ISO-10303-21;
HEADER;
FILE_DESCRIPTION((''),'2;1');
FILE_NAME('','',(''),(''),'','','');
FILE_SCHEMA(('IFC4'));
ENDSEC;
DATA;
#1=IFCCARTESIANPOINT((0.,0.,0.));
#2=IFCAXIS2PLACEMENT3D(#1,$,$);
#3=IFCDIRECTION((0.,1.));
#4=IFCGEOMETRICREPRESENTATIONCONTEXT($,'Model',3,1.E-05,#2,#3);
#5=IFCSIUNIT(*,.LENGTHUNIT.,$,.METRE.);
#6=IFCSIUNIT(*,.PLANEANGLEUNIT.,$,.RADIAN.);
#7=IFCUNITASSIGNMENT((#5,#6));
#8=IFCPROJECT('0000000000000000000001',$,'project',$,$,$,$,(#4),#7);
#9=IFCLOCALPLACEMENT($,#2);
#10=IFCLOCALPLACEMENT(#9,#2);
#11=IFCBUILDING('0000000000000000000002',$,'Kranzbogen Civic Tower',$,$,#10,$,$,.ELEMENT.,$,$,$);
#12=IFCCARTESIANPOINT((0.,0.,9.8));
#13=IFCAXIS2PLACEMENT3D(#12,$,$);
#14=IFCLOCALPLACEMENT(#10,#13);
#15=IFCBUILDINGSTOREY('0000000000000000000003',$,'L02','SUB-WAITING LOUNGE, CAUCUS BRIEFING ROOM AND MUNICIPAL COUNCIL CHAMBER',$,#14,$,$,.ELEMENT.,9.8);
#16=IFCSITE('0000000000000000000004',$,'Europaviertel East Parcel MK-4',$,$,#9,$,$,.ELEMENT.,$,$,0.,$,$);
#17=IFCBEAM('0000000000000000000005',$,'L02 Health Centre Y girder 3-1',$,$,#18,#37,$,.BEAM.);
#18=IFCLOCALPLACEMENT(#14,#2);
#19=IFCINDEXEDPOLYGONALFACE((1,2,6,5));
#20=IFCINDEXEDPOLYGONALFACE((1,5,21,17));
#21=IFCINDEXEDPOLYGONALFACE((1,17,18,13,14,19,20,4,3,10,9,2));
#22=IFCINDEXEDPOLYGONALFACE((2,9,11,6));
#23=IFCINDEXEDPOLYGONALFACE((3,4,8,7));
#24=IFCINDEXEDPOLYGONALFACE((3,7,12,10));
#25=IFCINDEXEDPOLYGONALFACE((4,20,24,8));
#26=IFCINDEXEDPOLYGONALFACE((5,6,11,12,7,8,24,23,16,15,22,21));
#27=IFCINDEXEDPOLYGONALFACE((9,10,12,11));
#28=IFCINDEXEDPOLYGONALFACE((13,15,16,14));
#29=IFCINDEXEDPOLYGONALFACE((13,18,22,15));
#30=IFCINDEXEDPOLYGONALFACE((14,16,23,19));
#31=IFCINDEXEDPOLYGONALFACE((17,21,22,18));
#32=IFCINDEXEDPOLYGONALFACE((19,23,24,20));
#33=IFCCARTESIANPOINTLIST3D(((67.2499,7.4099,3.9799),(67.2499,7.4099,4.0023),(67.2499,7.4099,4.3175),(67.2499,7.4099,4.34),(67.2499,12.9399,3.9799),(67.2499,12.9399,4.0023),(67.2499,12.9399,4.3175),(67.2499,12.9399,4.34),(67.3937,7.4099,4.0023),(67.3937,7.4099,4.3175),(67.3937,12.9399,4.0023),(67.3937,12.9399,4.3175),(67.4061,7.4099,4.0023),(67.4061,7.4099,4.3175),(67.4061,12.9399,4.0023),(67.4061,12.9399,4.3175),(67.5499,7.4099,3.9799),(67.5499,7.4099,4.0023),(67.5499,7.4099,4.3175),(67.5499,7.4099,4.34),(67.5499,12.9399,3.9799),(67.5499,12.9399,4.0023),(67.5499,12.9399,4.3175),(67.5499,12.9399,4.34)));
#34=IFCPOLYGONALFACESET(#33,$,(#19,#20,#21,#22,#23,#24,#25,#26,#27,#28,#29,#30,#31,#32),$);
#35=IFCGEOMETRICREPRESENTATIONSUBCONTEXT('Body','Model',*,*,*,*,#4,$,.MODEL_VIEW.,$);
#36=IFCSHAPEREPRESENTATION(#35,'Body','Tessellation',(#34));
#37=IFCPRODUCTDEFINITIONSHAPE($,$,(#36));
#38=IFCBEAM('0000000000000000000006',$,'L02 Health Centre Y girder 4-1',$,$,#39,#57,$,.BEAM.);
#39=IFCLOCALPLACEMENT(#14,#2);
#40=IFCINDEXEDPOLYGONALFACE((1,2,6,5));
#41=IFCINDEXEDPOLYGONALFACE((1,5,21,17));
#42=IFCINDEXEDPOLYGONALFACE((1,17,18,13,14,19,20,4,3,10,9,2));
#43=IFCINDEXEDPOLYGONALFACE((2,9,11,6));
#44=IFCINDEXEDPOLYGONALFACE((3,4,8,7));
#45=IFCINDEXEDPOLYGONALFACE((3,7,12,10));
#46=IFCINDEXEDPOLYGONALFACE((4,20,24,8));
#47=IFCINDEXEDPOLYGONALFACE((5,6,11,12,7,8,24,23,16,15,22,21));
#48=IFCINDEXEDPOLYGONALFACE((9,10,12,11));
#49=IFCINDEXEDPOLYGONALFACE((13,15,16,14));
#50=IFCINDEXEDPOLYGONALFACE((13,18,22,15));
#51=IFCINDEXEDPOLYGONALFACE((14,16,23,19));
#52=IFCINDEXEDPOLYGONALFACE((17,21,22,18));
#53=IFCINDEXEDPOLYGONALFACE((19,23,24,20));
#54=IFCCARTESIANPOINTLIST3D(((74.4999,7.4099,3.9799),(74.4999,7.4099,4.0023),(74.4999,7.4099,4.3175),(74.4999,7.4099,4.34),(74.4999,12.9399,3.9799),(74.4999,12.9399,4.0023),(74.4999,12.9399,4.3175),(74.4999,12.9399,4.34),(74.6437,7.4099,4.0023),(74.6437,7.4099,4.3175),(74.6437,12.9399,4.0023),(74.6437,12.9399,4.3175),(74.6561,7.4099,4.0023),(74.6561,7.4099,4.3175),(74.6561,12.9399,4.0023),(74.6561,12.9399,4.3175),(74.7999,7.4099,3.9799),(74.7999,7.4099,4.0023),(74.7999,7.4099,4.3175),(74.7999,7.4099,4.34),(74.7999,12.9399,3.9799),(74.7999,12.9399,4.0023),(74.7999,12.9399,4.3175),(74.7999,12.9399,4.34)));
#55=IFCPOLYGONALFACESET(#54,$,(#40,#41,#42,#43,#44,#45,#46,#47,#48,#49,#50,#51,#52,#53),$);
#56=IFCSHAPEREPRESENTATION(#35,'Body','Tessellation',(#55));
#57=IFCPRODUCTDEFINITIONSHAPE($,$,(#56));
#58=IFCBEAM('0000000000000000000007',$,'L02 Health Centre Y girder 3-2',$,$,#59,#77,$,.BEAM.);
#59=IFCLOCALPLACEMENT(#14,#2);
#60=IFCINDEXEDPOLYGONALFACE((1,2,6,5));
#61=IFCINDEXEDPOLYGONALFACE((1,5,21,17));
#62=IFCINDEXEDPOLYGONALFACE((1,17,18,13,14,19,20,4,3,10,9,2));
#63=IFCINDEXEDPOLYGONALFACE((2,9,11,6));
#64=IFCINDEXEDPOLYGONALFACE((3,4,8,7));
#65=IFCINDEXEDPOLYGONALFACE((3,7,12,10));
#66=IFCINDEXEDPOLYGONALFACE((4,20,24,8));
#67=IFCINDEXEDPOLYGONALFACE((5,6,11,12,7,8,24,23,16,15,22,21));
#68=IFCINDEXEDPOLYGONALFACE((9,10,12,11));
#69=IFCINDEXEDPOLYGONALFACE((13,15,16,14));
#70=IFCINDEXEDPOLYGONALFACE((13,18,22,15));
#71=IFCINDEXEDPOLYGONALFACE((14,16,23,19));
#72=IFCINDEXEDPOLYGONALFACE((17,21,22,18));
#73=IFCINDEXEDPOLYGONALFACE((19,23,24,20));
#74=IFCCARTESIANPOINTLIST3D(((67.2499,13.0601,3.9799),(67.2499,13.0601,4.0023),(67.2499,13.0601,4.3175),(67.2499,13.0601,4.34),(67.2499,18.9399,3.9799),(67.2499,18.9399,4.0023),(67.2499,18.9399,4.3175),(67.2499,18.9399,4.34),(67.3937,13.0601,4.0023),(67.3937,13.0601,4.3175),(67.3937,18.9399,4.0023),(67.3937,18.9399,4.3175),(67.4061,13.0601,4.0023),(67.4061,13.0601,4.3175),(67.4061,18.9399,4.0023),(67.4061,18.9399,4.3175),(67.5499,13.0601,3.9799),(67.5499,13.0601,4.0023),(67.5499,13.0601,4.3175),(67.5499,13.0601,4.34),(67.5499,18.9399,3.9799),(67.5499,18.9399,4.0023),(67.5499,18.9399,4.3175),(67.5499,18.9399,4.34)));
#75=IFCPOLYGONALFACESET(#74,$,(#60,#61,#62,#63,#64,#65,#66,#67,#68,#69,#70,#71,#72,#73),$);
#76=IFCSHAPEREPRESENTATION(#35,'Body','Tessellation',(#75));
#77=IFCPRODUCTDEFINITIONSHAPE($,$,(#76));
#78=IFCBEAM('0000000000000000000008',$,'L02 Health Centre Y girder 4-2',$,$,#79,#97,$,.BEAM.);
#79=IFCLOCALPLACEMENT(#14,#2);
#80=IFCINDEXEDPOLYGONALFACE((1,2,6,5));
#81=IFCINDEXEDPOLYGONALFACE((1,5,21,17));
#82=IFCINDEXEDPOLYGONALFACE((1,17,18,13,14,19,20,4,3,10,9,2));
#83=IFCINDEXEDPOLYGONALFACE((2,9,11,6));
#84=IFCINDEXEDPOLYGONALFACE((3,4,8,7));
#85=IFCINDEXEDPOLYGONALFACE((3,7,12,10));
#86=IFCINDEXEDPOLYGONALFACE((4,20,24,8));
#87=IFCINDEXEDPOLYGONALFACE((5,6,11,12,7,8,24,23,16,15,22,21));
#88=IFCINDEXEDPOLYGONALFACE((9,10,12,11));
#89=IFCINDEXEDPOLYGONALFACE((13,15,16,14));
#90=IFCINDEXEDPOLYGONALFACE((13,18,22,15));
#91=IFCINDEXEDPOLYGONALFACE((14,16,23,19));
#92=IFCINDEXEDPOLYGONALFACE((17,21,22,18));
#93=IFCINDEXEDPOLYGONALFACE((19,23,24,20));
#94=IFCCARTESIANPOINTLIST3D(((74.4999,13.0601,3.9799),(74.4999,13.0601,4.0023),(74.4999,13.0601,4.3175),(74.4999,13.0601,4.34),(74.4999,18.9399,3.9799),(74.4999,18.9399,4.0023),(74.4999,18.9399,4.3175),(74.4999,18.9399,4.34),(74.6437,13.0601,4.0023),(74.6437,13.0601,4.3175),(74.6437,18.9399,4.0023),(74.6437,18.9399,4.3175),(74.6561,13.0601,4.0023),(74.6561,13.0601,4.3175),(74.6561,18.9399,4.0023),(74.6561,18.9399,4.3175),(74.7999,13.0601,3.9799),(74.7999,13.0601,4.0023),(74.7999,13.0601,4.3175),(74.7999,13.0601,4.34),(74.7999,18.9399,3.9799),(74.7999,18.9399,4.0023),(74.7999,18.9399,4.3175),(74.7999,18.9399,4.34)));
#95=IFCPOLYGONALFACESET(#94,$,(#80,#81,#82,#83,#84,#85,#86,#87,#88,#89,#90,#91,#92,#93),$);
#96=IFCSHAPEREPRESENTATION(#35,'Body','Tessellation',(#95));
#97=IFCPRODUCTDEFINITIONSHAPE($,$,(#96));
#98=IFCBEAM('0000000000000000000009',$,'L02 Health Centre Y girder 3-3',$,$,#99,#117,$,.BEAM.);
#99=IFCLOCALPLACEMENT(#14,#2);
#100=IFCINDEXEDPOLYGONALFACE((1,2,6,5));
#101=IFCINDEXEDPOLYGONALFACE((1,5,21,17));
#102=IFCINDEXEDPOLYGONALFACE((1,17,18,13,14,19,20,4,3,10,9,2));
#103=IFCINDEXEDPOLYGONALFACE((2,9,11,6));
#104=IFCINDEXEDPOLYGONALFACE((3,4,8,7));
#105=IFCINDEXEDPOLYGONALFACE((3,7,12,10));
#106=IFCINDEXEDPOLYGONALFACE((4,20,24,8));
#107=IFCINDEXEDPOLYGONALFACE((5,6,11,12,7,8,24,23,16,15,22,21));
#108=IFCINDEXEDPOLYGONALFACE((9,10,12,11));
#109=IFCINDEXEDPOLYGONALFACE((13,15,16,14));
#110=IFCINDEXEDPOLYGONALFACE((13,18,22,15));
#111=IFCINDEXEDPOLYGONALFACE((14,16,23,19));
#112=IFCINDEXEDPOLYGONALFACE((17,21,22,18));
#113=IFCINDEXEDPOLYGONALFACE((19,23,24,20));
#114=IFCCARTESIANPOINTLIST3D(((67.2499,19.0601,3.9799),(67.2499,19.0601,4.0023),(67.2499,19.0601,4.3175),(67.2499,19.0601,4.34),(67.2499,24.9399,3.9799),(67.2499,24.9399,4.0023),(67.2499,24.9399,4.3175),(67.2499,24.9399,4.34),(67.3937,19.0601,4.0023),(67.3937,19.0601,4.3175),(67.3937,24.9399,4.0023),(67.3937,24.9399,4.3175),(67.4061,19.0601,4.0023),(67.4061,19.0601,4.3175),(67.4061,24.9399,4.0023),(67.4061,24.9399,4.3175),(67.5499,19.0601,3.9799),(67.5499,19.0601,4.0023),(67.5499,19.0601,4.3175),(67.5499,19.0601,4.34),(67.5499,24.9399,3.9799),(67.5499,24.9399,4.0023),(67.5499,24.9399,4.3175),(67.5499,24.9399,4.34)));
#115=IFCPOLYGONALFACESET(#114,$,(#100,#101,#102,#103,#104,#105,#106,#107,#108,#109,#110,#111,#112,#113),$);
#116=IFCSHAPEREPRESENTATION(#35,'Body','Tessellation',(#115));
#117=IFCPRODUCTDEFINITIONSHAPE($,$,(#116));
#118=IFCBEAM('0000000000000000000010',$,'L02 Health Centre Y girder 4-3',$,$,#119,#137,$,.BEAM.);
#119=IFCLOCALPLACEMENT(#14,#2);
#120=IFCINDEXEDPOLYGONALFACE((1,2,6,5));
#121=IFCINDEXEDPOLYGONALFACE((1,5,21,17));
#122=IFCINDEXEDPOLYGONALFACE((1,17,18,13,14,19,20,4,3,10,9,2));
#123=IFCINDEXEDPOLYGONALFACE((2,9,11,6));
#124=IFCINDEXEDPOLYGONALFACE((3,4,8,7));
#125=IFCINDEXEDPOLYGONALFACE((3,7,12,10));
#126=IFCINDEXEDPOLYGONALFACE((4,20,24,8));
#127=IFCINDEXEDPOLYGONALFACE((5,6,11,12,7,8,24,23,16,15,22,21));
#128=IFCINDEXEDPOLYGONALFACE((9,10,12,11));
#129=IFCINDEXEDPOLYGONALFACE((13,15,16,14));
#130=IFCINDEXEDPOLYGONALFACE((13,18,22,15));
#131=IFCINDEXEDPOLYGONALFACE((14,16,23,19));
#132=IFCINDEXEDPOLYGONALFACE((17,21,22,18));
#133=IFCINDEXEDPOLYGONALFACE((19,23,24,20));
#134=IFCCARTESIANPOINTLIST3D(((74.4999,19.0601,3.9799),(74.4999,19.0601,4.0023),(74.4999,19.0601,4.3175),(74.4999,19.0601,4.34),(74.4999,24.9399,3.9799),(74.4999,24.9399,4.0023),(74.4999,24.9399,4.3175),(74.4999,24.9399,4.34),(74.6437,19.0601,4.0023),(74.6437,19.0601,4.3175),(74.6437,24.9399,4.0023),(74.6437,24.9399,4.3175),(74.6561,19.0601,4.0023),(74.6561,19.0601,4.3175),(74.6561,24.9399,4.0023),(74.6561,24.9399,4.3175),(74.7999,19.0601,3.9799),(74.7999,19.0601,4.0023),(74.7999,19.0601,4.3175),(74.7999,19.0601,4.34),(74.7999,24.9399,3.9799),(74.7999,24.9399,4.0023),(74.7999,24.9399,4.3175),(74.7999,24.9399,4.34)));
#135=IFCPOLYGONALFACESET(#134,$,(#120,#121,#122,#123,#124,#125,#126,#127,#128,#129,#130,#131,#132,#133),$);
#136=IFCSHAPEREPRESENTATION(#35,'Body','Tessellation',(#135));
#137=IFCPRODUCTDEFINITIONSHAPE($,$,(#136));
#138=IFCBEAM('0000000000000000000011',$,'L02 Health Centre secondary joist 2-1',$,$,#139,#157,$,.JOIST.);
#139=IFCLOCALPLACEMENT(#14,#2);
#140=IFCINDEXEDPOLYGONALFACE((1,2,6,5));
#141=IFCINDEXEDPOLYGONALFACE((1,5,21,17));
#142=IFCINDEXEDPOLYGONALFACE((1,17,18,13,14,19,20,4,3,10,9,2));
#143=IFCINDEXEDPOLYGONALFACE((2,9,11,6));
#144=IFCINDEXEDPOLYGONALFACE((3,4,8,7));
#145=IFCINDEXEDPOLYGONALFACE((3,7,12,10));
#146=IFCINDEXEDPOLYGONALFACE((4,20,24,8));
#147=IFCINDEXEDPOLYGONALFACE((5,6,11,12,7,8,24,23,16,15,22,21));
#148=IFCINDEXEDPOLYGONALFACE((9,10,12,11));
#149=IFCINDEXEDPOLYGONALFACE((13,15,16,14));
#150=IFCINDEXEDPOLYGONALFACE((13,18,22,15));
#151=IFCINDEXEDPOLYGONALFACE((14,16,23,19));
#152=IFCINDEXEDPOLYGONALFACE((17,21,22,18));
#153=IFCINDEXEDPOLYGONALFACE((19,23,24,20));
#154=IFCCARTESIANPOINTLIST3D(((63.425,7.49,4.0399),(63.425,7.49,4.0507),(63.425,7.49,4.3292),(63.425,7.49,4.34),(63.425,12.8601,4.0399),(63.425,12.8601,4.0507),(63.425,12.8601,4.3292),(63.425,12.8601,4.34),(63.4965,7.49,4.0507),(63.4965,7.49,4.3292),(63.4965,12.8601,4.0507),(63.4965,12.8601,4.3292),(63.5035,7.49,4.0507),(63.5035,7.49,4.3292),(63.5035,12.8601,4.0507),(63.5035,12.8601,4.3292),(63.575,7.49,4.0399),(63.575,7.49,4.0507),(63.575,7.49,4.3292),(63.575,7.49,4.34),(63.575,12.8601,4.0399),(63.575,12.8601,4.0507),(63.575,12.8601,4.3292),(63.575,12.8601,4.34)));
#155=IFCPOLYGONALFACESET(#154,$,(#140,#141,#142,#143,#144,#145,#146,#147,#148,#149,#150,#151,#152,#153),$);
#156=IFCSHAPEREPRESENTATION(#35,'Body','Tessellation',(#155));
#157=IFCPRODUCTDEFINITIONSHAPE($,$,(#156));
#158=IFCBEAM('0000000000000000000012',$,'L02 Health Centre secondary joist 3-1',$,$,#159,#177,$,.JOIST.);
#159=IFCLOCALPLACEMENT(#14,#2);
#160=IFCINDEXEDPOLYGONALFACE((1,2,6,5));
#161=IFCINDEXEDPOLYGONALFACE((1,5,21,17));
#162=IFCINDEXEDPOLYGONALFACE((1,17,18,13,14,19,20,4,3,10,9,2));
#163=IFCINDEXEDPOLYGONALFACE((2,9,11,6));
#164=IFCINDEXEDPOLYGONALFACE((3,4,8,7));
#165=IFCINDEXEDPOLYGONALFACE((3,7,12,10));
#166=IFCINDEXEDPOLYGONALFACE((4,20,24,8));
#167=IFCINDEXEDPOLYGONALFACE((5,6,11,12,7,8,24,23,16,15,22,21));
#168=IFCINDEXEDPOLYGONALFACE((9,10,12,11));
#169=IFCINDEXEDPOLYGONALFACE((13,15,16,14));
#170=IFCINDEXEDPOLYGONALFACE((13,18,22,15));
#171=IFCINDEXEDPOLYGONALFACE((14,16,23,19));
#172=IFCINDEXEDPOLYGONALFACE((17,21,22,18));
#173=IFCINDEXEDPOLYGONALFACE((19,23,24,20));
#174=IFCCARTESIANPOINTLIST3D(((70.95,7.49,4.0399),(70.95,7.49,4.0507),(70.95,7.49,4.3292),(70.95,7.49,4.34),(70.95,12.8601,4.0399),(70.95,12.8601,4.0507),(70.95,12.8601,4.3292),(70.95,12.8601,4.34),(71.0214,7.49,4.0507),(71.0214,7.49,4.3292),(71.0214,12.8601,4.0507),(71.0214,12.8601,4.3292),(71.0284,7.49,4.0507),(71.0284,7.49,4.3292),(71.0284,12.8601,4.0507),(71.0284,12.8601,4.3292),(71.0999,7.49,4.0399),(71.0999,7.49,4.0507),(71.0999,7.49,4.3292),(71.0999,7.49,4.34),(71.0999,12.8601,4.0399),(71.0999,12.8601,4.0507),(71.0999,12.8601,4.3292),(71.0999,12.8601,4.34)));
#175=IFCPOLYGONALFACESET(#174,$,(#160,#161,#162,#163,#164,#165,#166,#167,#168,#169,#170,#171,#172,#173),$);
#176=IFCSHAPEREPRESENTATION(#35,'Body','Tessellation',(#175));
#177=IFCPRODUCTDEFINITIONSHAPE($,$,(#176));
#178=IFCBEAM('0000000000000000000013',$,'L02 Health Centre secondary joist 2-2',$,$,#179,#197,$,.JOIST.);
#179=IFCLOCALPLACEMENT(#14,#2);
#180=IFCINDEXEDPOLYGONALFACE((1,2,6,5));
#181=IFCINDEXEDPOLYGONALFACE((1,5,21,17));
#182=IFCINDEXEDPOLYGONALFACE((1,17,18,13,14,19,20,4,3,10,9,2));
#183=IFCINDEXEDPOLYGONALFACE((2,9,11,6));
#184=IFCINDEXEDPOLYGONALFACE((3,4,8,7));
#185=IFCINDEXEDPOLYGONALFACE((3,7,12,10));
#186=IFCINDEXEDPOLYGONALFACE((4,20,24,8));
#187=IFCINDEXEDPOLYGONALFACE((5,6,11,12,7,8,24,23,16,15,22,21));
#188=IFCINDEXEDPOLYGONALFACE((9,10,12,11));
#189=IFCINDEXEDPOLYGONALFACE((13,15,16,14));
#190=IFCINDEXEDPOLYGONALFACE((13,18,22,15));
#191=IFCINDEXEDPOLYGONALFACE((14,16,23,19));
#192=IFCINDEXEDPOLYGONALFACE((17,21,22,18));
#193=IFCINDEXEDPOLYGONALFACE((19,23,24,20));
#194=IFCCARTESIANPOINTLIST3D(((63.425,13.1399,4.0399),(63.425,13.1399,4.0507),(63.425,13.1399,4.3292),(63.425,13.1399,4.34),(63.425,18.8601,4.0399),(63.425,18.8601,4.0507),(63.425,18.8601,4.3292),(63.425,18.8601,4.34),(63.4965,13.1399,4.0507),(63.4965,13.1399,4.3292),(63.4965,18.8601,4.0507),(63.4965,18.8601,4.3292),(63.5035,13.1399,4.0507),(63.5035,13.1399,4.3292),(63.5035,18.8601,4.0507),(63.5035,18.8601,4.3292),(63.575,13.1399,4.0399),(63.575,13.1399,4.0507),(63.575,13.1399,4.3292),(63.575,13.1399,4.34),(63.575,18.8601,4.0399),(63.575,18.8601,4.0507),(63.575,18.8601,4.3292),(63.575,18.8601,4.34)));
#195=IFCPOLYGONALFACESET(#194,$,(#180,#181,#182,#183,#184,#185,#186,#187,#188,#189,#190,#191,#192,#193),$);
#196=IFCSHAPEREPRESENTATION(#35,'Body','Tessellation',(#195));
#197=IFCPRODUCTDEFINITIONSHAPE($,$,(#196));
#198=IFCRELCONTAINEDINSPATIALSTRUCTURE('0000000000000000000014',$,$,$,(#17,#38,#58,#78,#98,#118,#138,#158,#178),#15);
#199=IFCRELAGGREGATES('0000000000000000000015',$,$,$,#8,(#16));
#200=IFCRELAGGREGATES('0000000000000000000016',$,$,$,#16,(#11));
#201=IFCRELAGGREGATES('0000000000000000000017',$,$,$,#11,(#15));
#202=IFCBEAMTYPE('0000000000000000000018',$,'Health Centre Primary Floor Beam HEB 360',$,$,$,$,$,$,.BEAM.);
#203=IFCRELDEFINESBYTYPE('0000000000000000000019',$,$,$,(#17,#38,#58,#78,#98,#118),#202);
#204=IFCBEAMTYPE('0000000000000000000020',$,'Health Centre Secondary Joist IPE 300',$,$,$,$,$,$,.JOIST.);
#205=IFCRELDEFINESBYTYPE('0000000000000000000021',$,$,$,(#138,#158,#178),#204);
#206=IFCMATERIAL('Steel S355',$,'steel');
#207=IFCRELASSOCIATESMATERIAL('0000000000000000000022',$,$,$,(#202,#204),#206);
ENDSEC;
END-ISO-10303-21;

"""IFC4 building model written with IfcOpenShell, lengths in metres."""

from ifc_helpers import new_model, si_unit, direction, frame, origin, origin_2d, place, context, subcontext, project, spatial, i_section, extrude, material, material_profile, profile_set, type_object, element, save


model = new_model("IFC4")

# Units and contexts
model_context = context("Model", 3, precision=1e-05, world=origin(), true_north=direction((0.0, 1.0)))
body_context = subcontext(model_context, "Body", "Model", "MODEL_VIEW")
ifc_project = project(units=[si_unit("LENGTHUNIT", "METRE"), si_unit("PLANEANGLEUNIT", "RADIAN")], contexts=[model_context])

# Site, building, storey
site_placement = place(None, origin())
site = spatial("IfcSite", under=ifc_project, at=site_placement, Name="Europaviertel East Parcel MK-4", CompositionType="ELEMENT", RefElevation=0.0)
building_placement = place(site_placement, origin())
building = spatial("IfcBuilding", under=site, at=building_placement, Name="Kranzbogen Civic Tower", CompositionType="ELEMENT")
storey_placement = place(building_placement, frame((0.0, 0.0, 9.8)))
storey = spatial("IfcBuildingStorey", under=building, at=storey_placement, Name="L02", Description="SUB-WAITING LOUNGE, CAUCUS BRIEFING ROOM AND MUNICIPAL COUNCIL CHAMBER", CompositionType="ELEMENT", Elevation=9.8)

# Shared definitions
ifc_material_1 = material(Name="Steel S355", Category="steel")

# Beams
ifc_material_profile_1 = material_profile(ifc_material_1, i_section(OverallWidth=0.3, OverallDepth=0.3601, WebThickness=0.0125, FlangeThickness=0.0225, at=origin_2d()), Name="HEB 360")
ifc_profile_set_1 = profile_set([ifc_material_profile_1], Name="Steel S355")
beam_type_1 = type_object("IfcBeamType", Name="Health Centre Primary Floor Beam HEB 360", PredefinedType="BEAM", material=ifc_profile_set_1)
for number, where, z_axis, x_axis, name in (
    (1, (67.3999, 7.4099, 4.1599), (0.0, 1.0, 0.0), (-1.0, 0.0, 0.0), "L02 Health Centre Y girder 3-1"),
    (2, (74.6499, 7.4099, 4.1599), (0.0, 1.0, 0.0), (-1.0, 0.0, 0.0), "L02 Health Centre Y girder 4-1"),
):
    element("IfcBeam", number, at=place(storey_placement, frame(where, z_axis=z_axis, x_axis=x_axis)), inside=storey, type_object=beam_type_1, Name=name, PredefinedType="BEAM", context=body_context, shape_type="SweptSolid", body=[
        extrude(i_section(OverallWidth=0.3, OverallDepth=0.3601, WebThickness=0.0125, FlangeThickness=0.0225, at=origin_2d()), origin(), (0.0, 0.0, 1.0), 5.53),
    ])
for number, where, z_axis, x_axis, name in (
    (3, (67.3999, 13.0601, 4.1599), (0.0, 1.0, 0.0), (-1.0, 0.0, 0.0), "L02 Health Centre Y girder 3-2"),
    (4, (74.6499, 13.0601, 4.1599), (0.0, 1.0, 0.0), (-1.0, 0.0, 0.0), "L02 Health Centre Y girder 4-2"),
    (5, (67.3999, 19.0601, 4.1599), (0.0, 1.0, 0.0), (-1.0, 0.0, 0.0), "L02 Health Centre Y girder 3-3"),
    (6, (74.6499, 19.0601, 4.1599), (0.0, 1.0, 0.0), (-1.0, 0.0, 0.0), "L02 Health Centre Y girder 4-3"),
):
    element("IfcBeam", number, at=place(storey_placement, frame(where, z_axis=z_axis, x_axis=x_axis)), inside=storey, type_object=beam_type_1, Name=name, PredefinedType="BEAM", context=body_context, shape_type="SweptSolid", body=[
        extrude(i_section(OverallWidth=0.3, OverallDepth=0.3601, WebThickness=0.0125, FlangeThickness=0.0225, at=origin_2d()), origin(), (0.0, 0.0, 1.0), 5.8799),
    ])
ifc_material_profile_2 = material_profile(ifc_material_1, i_section(OverallWidth=0.1499, OverallDepth=0.3, WebThickness=0.0071, FlangeThickness=0.0107, at=origin_2d()), Name="IPE 300")
ifc_profile_set_2 = profile_set([ifc_material_profile_2], Name="Steel S355")
beam_type_2 = type_object("IfcBeamType", Name="Health Centre Secondary Joist IPE 300", PredefinedType="JOIST", material=ifc_profile_set_2)
for number, where, z_axis, x_axis, name in (
    (7, (63.5, 7.49, 4.1899), (0.0, 1.0, 0.0), (-1.0, 0.0, 0.0), "L02 Health Centre secondary joist 2-1"),
    (8, (71.0249, 7.49, 4.1899), (0.0, 1.0, 0.0), (-1.0, 0.0, 0.0), "L02 Health Centre secondary joist 3-1"),
):
    element("IfcBeam", number, at=place(storey_placement, frame(where, z_axis=z_axis, x_axis=x_axis)), inside=storey, type_object=beam_type_2, Name=name, PredefinedType="JOIST", context=body_context, shape_type="SweptSolid", body=[
        extrude(i_section(OverallWidth=0.1499, OverallDepth=0.3, WebThickness=0.0071, FlangeThickness=0.0107, at=origin_2d()), origin(), (0.0, 0.0, 1.0), 5.3701),
    ])
for number, where, z_axis, x_axis, name in (
    (9, (63.5, 13.1399, 4.1899), (0.0, 1.0, 0.0), (-1.0, 0.0, 0.0), "L02 Health Centre secondary joist 2-2"),
):
    element("IfcBeam", number, at=place(storey_placement, frame(where, z_axis=z_axis, x_axis=x_axis)), inside=storey, type_object=beam_type_2, Name=name, PredefinedType="JOIST", context=body_context, shape_type="SweptSolid", body=[
        extrude(i_section(OverallWidth=0.1499, OverallDepth=0.3, WebThickness=0.0071, FlangeThickness=0.0107, at=origin_2d()), origin(), (0.0, 0.0, 1.0), 5.7202),
    ])

save(model, "model.ifc")
